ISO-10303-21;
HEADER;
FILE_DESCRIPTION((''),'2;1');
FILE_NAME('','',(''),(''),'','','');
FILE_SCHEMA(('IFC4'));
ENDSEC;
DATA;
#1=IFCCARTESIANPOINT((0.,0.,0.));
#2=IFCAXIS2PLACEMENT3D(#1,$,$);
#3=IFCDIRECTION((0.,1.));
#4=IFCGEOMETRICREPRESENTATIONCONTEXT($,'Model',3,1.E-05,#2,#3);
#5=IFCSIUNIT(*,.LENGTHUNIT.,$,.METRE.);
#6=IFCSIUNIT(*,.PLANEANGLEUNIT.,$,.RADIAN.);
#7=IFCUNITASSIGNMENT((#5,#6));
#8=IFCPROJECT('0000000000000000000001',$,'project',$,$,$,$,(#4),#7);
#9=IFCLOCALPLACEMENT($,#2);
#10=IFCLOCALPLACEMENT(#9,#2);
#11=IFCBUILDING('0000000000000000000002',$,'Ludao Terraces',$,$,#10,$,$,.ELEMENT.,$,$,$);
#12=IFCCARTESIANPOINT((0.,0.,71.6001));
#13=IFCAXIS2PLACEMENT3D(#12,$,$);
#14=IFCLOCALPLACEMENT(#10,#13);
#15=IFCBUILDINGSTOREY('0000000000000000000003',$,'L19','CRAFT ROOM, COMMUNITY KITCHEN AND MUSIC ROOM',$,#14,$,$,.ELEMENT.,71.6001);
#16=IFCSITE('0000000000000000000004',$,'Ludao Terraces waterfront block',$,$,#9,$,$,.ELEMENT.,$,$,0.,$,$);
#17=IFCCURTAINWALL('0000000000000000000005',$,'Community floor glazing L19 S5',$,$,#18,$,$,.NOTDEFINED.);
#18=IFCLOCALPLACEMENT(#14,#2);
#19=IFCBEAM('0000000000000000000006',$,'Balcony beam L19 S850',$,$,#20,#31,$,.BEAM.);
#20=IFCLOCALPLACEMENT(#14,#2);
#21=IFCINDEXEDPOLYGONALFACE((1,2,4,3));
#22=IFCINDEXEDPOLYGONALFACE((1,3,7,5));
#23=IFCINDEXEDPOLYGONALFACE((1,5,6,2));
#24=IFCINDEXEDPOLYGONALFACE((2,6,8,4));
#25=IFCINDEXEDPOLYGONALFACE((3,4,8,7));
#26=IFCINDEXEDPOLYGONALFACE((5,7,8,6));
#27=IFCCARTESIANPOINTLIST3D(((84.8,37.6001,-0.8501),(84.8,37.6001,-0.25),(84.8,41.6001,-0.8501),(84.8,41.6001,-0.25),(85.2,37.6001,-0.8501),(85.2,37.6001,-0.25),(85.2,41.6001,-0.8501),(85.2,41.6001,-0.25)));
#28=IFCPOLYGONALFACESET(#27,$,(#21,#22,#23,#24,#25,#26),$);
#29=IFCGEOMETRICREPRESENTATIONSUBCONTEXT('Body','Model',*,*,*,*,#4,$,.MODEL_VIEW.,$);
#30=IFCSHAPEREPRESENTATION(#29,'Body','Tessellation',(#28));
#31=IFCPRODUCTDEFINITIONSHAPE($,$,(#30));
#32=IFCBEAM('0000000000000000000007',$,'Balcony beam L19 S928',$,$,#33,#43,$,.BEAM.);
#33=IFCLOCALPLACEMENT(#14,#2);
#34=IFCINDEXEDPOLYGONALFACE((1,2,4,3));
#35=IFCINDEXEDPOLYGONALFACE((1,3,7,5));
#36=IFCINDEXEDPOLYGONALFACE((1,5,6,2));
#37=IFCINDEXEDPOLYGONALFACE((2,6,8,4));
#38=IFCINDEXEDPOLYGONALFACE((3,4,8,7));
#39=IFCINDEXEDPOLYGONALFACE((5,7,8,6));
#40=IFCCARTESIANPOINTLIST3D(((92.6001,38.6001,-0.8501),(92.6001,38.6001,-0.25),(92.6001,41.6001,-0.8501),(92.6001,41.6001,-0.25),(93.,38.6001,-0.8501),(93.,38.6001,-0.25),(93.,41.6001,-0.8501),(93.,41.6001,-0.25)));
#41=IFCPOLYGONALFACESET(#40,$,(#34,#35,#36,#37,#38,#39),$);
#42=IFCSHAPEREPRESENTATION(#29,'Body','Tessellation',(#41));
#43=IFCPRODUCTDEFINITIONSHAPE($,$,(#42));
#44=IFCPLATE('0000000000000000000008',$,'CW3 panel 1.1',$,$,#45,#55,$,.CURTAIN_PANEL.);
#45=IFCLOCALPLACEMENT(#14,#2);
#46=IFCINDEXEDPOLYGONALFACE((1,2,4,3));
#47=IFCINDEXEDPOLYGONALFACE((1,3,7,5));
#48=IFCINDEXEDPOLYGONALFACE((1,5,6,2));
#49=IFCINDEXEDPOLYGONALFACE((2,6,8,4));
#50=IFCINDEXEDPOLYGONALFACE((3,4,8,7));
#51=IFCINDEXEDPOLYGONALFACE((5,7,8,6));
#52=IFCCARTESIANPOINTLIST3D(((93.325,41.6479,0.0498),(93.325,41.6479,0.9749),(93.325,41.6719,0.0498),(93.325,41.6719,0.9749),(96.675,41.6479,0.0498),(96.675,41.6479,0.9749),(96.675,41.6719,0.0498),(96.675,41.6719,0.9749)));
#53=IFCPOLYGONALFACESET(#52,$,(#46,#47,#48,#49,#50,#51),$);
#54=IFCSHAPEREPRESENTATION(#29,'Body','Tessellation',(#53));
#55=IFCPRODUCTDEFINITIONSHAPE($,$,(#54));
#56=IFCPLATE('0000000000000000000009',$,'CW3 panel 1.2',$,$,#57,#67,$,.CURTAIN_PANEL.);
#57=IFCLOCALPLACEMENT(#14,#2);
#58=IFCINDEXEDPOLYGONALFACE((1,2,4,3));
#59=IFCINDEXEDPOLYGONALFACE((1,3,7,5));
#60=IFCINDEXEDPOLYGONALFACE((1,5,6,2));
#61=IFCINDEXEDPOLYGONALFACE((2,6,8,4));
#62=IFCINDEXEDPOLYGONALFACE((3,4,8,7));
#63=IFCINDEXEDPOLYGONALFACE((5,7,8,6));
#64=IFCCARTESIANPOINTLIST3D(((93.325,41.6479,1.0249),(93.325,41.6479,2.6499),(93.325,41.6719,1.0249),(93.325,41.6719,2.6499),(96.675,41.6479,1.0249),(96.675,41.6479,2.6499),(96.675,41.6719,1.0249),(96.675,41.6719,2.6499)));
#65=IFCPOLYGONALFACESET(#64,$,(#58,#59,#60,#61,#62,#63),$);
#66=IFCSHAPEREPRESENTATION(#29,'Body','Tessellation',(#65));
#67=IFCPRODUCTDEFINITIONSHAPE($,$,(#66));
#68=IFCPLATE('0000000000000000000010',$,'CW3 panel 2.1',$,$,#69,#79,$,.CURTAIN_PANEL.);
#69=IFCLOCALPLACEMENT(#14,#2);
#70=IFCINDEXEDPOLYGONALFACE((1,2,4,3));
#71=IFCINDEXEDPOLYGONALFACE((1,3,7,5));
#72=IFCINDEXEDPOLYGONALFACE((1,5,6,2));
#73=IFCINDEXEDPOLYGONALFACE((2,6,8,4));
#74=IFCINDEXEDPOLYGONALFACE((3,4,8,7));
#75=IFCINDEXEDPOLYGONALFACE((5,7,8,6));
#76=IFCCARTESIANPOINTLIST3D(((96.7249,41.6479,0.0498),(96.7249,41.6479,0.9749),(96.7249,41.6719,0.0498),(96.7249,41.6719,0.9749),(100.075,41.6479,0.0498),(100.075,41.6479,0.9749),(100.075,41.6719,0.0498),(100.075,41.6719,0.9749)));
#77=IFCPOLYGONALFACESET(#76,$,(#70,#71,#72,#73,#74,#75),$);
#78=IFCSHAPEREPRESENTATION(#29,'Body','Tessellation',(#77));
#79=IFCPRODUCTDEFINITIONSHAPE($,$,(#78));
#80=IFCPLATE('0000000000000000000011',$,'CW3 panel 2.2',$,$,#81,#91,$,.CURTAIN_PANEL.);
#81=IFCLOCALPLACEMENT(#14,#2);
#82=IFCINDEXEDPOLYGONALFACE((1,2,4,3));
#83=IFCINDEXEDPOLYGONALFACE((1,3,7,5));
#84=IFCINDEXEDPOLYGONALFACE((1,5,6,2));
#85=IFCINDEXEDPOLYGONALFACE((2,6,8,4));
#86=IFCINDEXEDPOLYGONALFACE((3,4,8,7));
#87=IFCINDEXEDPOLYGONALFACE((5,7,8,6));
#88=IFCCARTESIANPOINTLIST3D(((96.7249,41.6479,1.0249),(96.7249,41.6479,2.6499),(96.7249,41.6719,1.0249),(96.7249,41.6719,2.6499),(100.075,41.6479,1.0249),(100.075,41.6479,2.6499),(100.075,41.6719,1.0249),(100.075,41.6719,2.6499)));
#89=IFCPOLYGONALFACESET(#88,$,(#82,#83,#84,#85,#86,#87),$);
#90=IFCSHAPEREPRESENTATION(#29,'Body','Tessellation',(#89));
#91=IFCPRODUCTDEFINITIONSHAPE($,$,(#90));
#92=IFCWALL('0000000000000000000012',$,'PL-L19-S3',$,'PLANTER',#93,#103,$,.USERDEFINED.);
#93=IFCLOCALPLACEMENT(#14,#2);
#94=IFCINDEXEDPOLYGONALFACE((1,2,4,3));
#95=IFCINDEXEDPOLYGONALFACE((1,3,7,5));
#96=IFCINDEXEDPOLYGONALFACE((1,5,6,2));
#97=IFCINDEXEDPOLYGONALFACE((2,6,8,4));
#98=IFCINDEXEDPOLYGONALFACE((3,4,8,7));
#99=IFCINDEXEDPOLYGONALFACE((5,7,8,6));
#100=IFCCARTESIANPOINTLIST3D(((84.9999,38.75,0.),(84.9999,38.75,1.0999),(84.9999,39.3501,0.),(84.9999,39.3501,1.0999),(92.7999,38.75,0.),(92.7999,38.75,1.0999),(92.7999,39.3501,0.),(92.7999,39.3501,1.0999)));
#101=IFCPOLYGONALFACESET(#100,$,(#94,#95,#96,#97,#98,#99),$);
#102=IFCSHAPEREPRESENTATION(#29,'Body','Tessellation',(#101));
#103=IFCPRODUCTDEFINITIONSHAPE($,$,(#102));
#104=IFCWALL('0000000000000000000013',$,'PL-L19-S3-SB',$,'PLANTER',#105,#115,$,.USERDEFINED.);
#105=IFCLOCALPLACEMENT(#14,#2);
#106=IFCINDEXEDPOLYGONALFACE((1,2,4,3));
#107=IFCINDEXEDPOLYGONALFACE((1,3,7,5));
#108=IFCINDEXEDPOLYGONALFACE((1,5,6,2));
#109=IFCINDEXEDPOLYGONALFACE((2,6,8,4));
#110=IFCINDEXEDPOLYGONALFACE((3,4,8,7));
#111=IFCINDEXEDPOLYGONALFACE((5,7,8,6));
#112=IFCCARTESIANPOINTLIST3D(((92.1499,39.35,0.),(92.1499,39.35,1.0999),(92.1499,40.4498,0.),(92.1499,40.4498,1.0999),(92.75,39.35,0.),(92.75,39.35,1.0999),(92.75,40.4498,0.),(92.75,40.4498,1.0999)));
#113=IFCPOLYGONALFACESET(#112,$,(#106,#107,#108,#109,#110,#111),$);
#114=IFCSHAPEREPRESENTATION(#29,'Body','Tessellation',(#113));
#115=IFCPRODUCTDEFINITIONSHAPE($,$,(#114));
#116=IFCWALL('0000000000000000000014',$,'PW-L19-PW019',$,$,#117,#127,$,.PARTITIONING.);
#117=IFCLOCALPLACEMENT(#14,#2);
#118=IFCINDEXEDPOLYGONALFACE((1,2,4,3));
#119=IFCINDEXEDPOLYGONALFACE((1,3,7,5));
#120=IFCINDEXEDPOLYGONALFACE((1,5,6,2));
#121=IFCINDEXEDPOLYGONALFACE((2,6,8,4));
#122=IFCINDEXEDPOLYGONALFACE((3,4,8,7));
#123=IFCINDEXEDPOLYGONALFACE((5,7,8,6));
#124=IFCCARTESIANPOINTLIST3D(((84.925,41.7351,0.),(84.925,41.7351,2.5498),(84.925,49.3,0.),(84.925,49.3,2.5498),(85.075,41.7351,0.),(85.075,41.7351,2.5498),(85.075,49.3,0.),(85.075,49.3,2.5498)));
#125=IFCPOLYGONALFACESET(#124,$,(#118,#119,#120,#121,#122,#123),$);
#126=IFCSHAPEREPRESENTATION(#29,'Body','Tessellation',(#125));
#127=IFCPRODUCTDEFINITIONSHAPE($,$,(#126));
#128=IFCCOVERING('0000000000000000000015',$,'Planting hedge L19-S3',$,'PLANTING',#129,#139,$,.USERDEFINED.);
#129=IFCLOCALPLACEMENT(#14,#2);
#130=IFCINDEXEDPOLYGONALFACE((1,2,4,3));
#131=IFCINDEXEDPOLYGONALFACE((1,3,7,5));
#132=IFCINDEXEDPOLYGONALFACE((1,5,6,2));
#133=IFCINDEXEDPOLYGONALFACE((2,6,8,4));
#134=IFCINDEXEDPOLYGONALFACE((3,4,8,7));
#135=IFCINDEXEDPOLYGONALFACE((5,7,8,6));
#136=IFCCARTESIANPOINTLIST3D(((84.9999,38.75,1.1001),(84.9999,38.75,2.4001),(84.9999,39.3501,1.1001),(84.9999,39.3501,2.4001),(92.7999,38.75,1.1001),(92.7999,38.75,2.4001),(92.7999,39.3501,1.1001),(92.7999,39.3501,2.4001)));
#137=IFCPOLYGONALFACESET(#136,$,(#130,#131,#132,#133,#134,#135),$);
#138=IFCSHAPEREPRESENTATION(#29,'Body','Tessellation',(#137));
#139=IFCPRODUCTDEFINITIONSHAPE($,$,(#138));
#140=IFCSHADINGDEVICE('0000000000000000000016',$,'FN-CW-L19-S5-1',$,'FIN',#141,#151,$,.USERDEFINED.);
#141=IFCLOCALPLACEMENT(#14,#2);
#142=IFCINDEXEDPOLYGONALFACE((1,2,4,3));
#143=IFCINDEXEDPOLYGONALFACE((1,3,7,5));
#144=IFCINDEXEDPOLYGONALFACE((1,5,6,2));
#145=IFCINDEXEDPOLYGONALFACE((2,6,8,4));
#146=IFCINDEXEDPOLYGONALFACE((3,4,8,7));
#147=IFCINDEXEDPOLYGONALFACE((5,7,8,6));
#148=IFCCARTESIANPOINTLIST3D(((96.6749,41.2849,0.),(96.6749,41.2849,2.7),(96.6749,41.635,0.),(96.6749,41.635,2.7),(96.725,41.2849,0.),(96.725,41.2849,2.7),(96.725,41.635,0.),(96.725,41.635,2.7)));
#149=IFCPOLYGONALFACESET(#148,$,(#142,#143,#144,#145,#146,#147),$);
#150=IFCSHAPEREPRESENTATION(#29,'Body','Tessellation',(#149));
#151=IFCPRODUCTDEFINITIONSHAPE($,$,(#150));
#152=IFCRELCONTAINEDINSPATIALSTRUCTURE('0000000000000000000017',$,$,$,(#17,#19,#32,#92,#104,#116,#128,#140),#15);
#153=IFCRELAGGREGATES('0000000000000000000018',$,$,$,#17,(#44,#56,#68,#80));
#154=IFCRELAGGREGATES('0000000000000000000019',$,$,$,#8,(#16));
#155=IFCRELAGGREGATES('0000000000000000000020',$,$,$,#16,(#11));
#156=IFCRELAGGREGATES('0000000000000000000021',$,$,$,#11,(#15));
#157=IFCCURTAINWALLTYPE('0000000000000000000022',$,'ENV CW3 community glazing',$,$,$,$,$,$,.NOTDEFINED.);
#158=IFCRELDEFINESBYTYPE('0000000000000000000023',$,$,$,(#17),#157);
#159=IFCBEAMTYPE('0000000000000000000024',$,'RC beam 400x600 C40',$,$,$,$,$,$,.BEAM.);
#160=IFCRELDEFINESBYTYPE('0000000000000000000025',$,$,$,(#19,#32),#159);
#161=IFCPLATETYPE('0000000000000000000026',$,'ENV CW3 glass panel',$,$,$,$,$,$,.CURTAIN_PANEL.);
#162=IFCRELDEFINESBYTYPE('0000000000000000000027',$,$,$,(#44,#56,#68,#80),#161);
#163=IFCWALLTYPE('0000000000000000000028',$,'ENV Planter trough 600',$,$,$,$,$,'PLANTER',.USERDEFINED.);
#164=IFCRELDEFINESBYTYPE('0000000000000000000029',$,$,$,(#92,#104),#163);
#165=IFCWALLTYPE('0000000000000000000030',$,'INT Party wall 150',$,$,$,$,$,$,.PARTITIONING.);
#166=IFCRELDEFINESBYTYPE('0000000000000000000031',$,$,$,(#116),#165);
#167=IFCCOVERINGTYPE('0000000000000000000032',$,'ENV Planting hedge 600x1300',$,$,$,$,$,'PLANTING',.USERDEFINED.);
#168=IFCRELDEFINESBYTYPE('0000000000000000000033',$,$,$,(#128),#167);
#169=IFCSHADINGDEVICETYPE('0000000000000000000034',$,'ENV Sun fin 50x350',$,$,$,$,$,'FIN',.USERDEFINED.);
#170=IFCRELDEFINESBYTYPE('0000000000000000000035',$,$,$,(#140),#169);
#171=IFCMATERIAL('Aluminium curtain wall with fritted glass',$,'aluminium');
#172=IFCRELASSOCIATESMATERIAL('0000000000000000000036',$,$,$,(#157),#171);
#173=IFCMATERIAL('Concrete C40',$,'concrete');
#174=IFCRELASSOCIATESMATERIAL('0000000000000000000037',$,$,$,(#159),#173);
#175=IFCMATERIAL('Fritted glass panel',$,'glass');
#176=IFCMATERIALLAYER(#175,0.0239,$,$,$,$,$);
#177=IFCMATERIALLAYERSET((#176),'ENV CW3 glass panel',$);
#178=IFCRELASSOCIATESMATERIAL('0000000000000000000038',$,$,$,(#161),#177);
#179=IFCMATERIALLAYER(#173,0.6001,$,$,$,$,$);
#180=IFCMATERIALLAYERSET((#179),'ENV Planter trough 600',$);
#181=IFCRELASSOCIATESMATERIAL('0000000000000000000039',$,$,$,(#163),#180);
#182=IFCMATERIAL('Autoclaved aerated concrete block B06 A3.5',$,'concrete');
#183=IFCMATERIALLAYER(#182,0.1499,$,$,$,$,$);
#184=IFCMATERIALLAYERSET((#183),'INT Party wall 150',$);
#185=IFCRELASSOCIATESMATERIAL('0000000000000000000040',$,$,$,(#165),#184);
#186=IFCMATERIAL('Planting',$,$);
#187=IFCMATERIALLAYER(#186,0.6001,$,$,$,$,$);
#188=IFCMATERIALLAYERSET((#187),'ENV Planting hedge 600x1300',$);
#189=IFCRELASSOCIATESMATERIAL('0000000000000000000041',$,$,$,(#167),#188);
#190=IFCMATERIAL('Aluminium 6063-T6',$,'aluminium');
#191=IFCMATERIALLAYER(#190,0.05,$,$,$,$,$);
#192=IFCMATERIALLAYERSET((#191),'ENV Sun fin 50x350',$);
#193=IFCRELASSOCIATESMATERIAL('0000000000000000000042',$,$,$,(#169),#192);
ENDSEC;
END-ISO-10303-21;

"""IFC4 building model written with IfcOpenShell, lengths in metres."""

from ifc_helpers import new_model, si_unit, direction, frame, frame_2d, origin, origin_2d, place, context, subcontext, project, spatial, rectangle, extrude, material, layer, layer_set, material_profile, profile_set, type_object, element, aggregate, save


model = new_model("IFC4")

# Units and contexts
model_context = context("Model", 3, precision=1e-05, world=origin(), true_north=direction((0.0, 1.0)))
body_context = subcontext(model_context, "Body", "Model", "MODEL_VIEW")
ifc_project = project(units=[si_unit("LENGTHUNIT", "METRE"), si_unit("PLANEANGLEUNIT", "RADIAN")], contexts=[model_context])

# Site, building, storey
site_placement = place(None, origin())
site = spatial("IfcSite", under=ifc_project, at=site_placement, Name="Ludao Terraces waterfront block", CompositionType="ELEMENT", RefElevation=0.0)
building_placement = place(site_placement, origin())
building = spatial("IfcBuilding", under=site, at=building_placement, Name="Ludao Terraces", CompositionType="ELEMENT")
storey_placement = place(building_placement, frame((0.0, 0.0, 71.6001)))
storey = spatial("IfcBuildingStorey", under=building, at=storey_placement, Name="L19", Description="CRAFT ROOM, COMMUNITY KITCHEN AND MUSIC ROOM", CompositionType="ELEMENT", Elevation=71.6001)

# Curtain wall
ifc_material_1 = material(Name="Aluminium curtain wall with fritted glass", Category="aluminium")
curtain_wall_type = type_object("IfcCurtainWallType", Name="ENV CW3 community glazing", PredefinedType="NOTDEFINED", material=ifc_material_1)
curtain_wall_placement = place(storey_placement, origin())
curtain_wall = element("IfcCurtainWall", 1, at=curtain_wall_placement, inside=storey, type_object=curtain_wall_type, Name="Community floor glazing L19 S5", PredefinedType="NOTDEFINED")
ifc_material_2 = material(Name="Aluminium 6063-T6", Category="aluminium")

# Beams
ifc_material_3 = material(Name="Concrete C40", Category="concrete")
ifc_material_profile_1 = material_profile(ifc_material_3, rectangle(XDim=0.3999, YDim=0.6001, at=origin_2d()), Name="400 X 600")
ifc_profile_set_1 = profile_set([ifc_material_profile_1], Name="Concrete C40")
beam_type_1 = type_object("IfcBeamType", Name="RC beam 400x600 C40", PredefinedType="BEAM", material=ifc_profile_set_1)
beam_1_placement = place(storey_placement, frame((85.0, 41.6001, -0.55), z_axis=(0.0, -1.0, 0.0), x_axis=(1.0, 0.0, 0.0)))
element("IfcBeam", 2, at=beam_1_placement, inside=storey, type_object=beam_type_1, Name="Balcony beam L19 S850", PredefinedType="BEAM", context=body_context, shape_type="SweptSolid", body=[
    extrude(rectangle(XDim=0.3999, YDim=0.6001, at=origin_2d()), origin(), (0.0, 0.0, 1.0), 4.0),
])
beam_2_placement = place(storey_placement, frame((92.8, 41.6001, -0.55), z_axis=(0.0, -1.0, 0.0), x_axis=(1.0, 0.0, 0.0)))
element("IfcBeam", 3, at=beam_2_placement, inside=storey, type_object=beam_type_1, Name="Balcony beam L19 S928", PredefinedType="BEAM", context=body_context, shape_type="SweptSolid", body=[
    extrude(rectangle(XDim=0.3999, YDim=0.6001, at=origin_2d()), origin(), (0.0, 0.0, 1.0), 3.0),
])

# Plates
ifc_material_4 = material(Name="Fritted glass panel", Category="glass")
ifc_layer_1 = layer(ifc_material_4, 0.0239)
ifc_layer_set_1 = layer_set([ifc_layer_1], Name="ENV CW3 glass panel")
plate_type = type_object("IfcPlateType", Name="ENV CW3 glass panel", PredefinedType="CURTAIN_PANEL", material=ifc_layer_set_1)
plate_1_placement = place(storey_placement, frame((95.0, 41.6599, 0.0498), z_axis=(0.0, 0.0, 1.0), x_axis=(1.0, 0.0, 0.0)))
plate_1 = element("IfcPlate", 4, at=plate_1_placement, type_object=plate_type, Name="CW3 panel 1.1", PredefinedType="CURTAIN_PANEL", context=body_context, shape_type="SweptSolid", body=[
    extrude(rectangle(XDim=3.3501, YDim=0.0239, at=origin_2d()), origin(), (0.0, 0.0, 1.0), 0.925),
])
plate_2_placement = place(storey_placement, frame((95.0, 41.6599, 1.0249), z_axis=(0.0, 0.0, 1.0), x_axis=(1.0, 0.0, 0.0)))
plate_2 = element("IfcPlate", 5, at=plate_2_placement, type_object=plate_type, Name="CW3 panel 1.2", PredefinedType="CURTAIN_PANEL", context=body_context, shape_type="SweptSolid", body=[
    extrude(rectangle(XDim=3.3501, YDim=0.0239, at=origin_2d()), origin(), (0.0, 0.0, 1.0), 1.625),
])
plate_3_placement = place(storey_placement, frame((98.3999, 41.6599, 0.0498), z_axis=(0.0, 0.0, 1.0), x_axis=(1.0, 0.0, 0.0)))
plate_3 = element("IfcPlate", 6, at=plate_3_placement, type_object=plate_type, Name="CW3 panel 2.1", PredefinedType="CURTAIN_PANEL", context=body_context, shape_type="SweptSolid", body=[
    extrude(rectangle(XDim=3.3501, YDim=0.0239, at=origin_2d()), origin(), (0.0, 0.0, 1.0), 0.925),
])
plate_4_placement = place(storey_placement, frame((98.3999, 41.6599, 1.0249), z_axis=(0.0, 0.0, 1.0), x_axis=(1.0, 0.0, 0.0)))
plate_4 = element("IfcPlate", 7, at=plate_4_placement, type_object=plate_type, Name="CW3 panel 2.2", PredefinedType="CURTAIN_PANEL", context=body_context, shape_type="SweptSolid", body=[
    extrude(rectangle(XDim=3.3501, YDim=0.0239, at=origin_2d()), origin(), (0.0, 0.0, 1.0), 1.625),
])
aggregate(curtain_wall, [plate_1, plate_2, plate_3, plate_4])

# Walls
ifc_layer_2 = layer(ifc_material_3, 0.6001)
ifc_layer_set_2 = layer_set([ifc_layer_2], Name="ENV Planter trough 600")
wall_type_1 = type_object("IfcWallType", Name="ENV Planter trough 600", ElementType="PLANTER", PredefinedType="USERDEFINED", material=ifc_layer_set_2)
wall_1_placement = place(storey_placement, frame((85.0, 39.05, 0.0), z_axis=(0.0, 0.0, 1.0), x_axis=(1.0, 0.0, 0.0)))
element("IfcWall", 8, at=wall_1_placement, inside=storey, type_object=wall_type_1, Name="PL-L19-S3", ObjectType="PLANTER", PredefinedType="USERDEFINED", context=body_context, shape_type="SweptSolid", body=[
    extrude(rectangle(XDim=7.8, YDim=0.6001, at=frame_2d((3.8999, 0.0))), origin(), (0.0, 0.0, 1.0), 1.0999),
])
wall_2_placement = place(storey_placement, frame((92.45, 39.3501, 0.0), z_axis=(0.0, 0.0, 1.0), x_axis=(0.0, 1.0, 0.0)))
element("IfcWall", 9, at=wall_2_placement, inside=storey, type_object=wall_type_1, Name="PL-L19-S3-SB", ObjectType="PLANTER", PredefinedType="USERDEFINED", context=body_context, shape_type="SweptSolid", body=[
    extrude(rectangle(XDim=1.0999, YDim=0.6001, at=frame_2d((0.5498, 0.0))), origin(), (0.0, 0.0, 1.0), 1.0999),
])
ifc_material_5 = material(Name="Autoclaved aerated concrete block B06 A3.5", Category="concrete")
ifc_layer_3 = layer(ifc_material_5, 0.1499)
ifc_layer_set_3 = layer_set([ifc_layer_3], Name="INT Party wall 150")
wall_type_2 = type_object("IfcWallType", Name="INT Party wall 150", PredefinedType="PARTITIONING", material=ifc_layer_set_3)
wall_3_placement = place(storey_placement, frame((85.0, 41.7351, 0.0), z_axis=(0.0, 0.0, 1.0), x_axis=(0.0, 1.0, 0.0)))
element("IfcWall", 10, at=wall_3_placement, inside=storey, type_object=wall_type_2, Name="PW-L19-PW019", PredefinedType="PARTITIONING", context=body_context, shape_type="SweptSolid", body=[
    extrude(rectangle(XDim=7.5649, YDim=0.1499, at=frame_2d((3.7825, 0.0))), origin(), (0.0, 0.0, 1.0), 2.5498),
])

# Covering
ifc_material_6 = material(Name="Planting")
ifc_layer_4 = layer(ifc_material_6, 0.6001)
ifc_layer_set_4 = layer_set([ifc_layer_4], Name="ENV Planting hedge 600x1300")
covering_type = type_object("IfcCoveringType", Name="ENV Planting hedge 600x1300", ElementType="PLANTING", PredefinedType="USERDEFINED", material=ifc_layer_set_4)
covering_placement = place(storey_placement, frame((88.8999, 39.05, 1.1001), z_axis=(0.0, 0.0, 1.0), x_axis=(1.0, 0.0, 0.0)))
element("IfcCovering", 11, at=covering_placement, inside=storey, type_object=covering_type, Name="Planting hedge L19-S3", ObjectType="PLANTING", PredefinedType="USERDEFINED", context=body_context, shape_type="SweptSolid", body=[
    extrude(rectangle(XDim=7.8, YDim=0.6001, at=origin_2d()), origin(), (0.0, 0.0, 1.0), 1.3),
])

# Shading device
ifc_layer_5 = layer(ifc_material_2, 0.05)
ifc_layer_set_5 = layer_set([ifc_layer_5], Name="ENV Sun fin 50x350")
shading_device_type = type_object("IfcShadingDeviceType", Name="ENV Sun fin 50x350", ElementType="FIN", PredefinedType="USERDEFINED", material=ifc_layer_set_5)
shading_device_placement = place(storey_placement, frame((96.7, 41.46, 0.0), z_axis=(0.0, 0.0, 1.0), x_axis=(1.0, 0.0, 0.0)))
element("IfcShadingDevice", 12, at=shading_device_placement, inside=storey, type_object=shading_device_type, Name="FN-CW-L19-S5-1", ObjectType="FIN", PredefinedType="USERDEFINED", context=body_context, shape_type="SweptSolid", body=[
    extrude(rectangle(XDim=0.05, YDim=0.3501, at=origin_2d()), origin(), (0.0, 0.0, 1.0), 2.7),
])

save(model, "model.ifc")
